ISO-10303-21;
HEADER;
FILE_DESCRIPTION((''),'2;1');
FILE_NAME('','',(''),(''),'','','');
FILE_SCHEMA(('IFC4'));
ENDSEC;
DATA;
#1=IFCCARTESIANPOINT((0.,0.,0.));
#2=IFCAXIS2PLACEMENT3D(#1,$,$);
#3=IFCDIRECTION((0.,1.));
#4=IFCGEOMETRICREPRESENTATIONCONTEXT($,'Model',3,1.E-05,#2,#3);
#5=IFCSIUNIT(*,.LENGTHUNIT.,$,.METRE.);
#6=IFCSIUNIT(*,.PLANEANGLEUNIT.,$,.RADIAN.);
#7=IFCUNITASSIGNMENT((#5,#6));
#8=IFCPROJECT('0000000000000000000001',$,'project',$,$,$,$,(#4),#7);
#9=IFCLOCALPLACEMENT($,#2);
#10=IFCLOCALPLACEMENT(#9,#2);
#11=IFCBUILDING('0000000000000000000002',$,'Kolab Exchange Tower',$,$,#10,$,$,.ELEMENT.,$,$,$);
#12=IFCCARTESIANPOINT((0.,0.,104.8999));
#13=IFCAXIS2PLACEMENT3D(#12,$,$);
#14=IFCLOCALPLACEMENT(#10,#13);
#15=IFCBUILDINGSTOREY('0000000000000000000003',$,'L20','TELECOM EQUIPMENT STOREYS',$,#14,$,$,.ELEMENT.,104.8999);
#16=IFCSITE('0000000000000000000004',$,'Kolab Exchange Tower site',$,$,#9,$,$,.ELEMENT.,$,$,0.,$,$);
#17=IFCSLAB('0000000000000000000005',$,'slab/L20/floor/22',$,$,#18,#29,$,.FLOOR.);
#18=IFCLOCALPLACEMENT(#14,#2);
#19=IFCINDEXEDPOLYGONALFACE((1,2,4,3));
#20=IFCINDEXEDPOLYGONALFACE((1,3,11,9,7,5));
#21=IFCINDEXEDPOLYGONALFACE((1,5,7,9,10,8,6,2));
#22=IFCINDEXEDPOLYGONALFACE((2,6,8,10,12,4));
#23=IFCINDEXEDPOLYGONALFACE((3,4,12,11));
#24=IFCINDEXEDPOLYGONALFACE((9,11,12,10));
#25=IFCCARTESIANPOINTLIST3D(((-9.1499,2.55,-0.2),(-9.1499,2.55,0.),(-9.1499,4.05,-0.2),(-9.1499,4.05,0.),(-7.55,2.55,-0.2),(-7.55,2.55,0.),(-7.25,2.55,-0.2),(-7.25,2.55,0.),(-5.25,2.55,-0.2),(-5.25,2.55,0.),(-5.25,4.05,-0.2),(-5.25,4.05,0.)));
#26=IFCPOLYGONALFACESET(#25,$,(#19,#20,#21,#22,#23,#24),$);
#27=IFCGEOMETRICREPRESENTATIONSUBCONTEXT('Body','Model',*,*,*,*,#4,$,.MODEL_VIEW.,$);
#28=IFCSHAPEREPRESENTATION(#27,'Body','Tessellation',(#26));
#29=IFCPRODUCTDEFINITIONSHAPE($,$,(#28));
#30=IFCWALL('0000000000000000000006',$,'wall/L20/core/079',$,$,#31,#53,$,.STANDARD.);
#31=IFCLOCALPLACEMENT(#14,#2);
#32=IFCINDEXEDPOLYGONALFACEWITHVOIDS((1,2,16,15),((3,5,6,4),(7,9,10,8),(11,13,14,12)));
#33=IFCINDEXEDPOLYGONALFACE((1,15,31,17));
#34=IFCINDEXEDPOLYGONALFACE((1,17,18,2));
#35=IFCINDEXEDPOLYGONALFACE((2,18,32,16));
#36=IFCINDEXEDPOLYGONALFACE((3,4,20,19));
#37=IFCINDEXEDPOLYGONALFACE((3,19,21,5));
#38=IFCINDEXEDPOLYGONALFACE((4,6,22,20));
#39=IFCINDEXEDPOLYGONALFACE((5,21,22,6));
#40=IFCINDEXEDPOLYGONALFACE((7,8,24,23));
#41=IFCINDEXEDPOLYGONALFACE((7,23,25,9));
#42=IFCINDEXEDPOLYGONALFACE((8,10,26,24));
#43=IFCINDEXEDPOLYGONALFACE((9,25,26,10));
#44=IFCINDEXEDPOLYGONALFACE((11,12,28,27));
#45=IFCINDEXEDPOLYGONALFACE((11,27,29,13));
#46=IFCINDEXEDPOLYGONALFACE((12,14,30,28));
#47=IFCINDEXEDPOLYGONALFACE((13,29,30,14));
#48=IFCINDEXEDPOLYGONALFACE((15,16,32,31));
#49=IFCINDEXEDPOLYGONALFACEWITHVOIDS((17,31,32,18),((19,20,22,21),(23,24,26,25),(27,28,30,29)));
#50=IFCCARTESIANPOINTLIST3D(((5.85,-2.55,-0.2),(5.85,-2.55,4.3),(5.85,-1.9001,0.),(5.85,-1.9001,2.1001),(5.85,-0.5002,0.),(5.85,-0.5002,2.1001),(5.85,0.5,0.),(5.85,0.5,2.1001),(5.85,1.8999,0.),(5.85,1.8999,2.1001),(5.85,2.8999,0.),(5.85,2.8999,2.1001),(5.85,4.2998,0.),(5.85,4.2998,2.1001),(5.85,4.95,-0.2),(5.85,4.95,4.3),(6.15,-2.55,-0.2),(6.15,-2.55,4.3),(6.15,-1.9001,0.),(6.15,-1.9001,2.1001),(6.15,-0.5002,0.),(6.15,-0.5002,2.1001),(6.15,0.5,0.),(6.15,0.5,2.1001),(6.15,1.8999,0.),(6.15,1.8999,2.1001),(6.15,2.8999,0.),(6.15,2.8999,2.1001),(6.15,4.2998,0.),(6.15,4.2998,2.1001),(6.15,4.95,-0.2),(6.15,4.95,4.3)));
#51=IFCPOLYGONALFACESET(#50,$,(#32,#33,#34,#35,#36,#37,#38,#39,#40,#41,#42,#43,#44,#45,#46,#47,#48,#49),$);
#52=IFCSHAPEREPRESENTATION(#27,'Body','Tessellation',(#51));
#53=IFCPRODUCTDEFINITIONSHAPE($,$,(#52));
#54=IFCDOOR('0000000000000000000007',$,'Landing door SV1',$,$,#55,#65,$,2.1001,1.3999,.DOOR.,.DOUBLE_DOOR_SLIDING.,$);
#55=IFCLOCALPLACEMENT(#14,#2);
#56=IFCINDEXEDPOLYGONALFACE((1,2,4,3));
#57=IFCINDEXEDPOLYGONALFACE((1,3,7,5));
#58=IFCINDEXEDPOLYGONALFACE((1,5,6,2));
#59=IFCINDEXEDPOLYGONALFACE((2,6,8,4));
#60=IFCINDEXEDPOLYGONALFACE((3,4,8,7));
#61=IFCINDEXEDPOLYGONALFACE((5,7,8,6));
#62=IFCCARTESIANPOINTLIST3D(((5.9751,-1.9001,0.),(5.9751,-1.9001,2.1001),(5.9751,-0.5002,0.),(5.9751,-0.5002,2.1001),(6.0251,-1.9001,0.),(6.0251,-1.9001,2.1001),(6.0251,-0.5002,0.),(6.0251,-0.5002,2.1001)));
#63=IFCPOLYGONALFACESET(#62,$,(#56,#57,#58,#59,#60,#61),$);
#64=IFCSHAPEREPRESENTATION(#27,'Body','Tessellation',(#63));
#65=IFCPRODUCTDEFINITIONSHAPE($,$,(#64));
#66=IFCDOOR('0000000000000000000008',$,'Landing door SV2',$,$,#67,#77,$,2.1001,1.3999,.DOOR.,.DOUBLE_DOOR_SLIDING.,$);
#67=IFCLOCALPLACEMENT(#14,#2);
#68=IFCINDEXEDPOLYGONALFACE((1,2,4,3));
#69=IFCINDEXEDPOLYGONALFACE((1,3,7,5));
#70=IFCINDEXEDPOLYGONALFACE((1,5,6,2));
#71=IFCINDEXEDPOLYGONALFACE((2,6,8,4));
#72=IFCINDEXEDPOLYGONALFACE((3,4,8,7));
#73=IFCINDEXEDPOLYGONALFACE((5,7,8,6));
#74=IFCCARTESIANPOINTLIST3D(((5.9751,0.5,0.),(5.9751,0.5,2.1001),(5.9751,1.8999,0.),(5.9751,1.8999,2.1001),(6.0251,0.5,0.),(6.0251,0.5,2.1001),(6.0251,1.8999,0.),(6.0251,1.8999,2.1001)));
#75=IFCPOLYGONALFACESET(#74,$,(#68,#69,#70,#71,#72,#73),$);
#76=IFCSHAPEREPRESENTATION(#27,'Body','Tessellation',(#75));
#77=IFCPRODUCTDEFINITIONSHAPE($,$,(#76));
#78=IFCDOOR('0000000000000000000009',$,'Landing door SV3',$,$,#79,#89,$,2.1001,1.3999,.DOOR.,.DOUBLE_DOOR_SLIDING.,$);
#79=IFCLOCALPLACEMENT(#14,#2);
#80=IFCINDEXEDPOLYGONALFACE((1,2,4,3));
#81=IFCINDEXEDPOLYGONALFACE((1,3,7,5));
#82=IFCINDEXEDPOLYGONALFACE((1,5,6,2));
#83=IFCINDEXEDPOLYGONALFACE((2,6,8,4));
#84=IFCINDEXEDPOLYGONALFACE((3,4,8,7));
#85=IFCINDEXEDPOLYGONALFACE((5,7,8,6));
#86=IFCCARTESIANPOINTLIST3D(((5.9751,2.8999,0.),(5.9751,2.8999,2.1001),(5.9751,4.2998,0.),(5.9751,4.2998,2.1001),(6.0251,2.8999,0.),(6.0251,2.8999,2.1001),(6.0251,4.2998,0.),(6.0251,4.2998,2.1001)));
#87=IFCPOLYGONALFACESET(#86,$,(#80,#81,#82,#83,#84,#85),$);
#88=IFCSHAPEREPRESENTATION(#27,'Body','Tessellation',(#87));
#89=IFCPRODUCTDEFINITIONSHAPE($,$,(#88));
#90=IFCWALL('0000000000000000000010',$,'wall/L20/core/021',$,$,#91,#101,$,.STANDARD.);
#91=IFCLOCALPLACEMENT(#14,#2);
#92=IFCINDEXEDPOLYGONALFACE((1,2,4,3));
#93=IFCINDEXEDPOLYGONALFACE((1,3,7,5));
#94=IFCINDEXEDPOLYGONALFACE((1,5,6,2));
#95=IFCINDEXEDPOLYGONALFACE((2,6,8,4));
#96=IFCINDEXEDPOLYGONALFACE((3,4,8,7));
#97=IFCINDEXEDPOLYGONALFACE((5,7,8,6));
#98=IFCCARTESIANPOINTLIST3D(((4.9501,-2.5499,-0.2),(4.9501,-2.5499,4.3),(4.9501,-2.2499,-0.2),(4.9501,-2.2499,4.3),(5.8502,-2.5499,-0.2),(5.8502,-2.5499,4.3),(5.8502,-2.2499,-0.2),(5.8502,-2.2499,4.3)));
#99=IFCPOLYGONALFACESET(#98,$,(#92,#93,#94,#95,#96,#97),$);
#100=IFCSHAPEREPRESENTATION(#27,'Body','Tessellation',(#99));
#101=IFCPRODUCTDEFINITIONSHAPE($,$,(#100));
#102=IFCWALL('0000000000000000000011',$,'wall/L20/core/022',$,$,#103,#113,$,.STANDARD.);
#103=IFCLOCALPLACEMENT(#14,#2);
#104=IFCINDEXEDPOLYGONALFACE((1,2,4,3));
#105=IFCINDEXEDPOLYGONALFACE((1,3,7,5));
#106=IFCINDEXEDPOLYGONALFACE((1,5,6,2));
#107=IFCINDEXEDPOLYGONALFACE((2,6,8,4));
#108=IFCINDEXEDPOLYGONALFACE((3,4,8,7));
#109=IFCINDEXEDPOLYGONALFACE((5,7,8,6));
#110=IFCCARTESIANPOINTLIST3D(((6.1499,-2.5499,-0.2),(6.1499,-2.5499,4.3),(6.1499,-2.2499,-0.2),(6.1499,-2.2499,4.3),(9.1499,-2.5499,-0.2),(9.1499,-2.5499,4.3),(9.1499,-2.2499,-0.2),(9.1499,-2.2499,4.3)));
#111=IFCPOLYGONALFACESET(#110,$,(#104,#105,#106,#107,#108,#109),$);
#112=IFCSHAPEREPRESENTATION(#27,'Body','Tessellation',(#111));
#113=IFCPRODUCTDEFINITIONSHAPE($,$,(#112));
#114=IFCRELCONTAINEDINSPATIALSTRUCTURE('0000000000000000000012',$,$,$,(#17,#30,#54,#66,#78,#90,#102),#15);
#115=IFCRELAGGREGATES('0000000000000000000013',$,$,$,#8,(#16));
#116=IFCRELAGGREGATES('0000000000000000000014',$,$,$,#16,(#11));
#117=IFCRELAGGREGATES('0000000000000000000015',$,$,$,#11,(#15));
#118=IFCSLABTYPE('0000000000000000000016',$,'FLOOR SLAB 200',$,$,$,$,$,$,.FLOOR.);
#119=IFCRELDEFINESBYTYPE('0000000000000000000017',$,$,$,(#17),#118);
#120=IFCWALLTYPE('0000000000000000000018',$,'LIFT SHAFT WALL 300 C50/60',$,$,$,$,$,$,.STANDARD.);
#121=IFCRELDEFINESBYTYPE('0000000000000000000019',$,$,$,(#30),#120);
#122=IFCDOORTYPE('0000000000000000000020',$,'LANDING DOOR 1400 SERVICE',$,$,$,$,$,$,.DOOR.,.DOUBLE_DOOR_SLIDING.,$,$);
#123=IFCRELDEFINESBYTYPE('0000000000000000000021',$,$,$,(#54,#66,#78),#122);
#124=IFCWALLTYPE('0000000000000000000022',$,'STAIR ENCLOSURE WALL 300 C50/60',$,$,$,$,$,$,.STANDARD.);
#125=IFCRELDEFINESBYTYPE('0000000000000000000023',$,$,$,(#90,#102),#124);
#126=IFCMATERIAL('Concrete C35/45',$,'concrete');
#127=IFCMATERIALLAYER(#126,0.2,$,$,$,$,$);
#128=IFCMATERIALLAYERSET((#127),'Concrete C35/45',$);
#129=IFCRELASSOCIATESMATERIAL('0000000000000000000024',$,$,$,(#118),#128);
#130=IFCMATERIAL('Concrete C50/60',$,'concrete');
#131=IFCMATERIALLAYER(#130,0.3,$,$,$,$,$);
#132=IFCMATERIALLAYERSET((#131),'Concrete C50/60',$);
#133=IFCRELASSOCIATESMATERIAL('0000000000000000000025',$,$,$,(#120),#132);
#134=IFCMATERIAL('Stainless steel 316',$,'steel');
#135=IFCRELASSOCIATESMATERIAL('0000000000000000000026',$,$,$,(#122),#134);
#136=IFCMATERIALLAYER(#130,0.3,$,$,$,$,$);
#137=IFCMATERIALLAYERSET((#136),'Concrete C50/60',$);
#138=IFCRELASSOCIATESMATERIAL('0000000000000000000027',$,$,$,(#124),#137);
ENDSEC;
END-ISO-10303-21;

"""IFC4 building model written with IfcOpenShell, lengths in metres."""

from ifc_helpers import new_model, si_unit, direction, frame, frame_2d, origin, place, context, subcontext, project, spatial, polyline, rectangle, outline, extrude, material, layer, layer_set, type_object, element, fill, save


model = new_model("IFC4")

# Units and contexts
model_context = context("Model", 3, precision=1e-05, world=origin(), true_north=direction((0.0, 1.0)))
body_context = subcontext(model_context, "Body", "Model", "MODEL_VIEW")
ifc_project = project(units=[si_unit("LENGTHUNIT", "METRE"), si_unit("PLANEANGLEUNIT", "RADIAN")], contexts=[model_context])

# Site, building, storey
site_placement = place(None, origin())
site = spatial("IfcSite", under=ifc_project, at=site_placement, Name="Kolab Exchange Tower site", CompositionType="ELEMENT", RefElevation=0.0)
building_placement = place(site_placement, origin())
building = spatial("IfcBuilding", under=site, at=building_placement, Name="Kolab Exchange Tower", CompositionType="ELEMENT")
storey_placement = place(building_placement, frame((0.0, 0.0, 104.8999)))
storey = spatial("IfcBuildingStorey", under=building, at=storey_placement, Name="L20", Description="TELECOM EQUIPMENT STOREYS", CompositionType="ELEMENT", Elevation=104.8999)

# Slab
ifc_material_1 = material(Name="Concrete C35/45", Category="concrete")
ifc_layer_1 = layer(ifc_material_1, 0.2)
ifc_layer_set_1 = layer_set([ifc_layer_1], Name="Concrete C35/45")
slab_type = type_object("IfcSlabType", Name="FLOOR SLAB 200", PredefinedType="FLOOR", material=ifc_layer_set_1)
slab_1_placement = place(storey_placement, frame((0.0, 0.0, -0.2)))
element("IfcSlab", 1, at=slab_1_placement, inside=storey, type_object=slab_type, Name="slab/L20/floor/22", PredefinedType="FLOOR", context=body_context, shape_type="SweptSolid", body=[
    extrude(outline(polyline([(-5.25, 4.05), (-9.1499, 4.05), (-9.1499, 2.55), (-7.55, 2.55), (-7.25, 2.55), (-5.25, 2.55), (-5.25, 4.05)])), origin(), (0.0, 0.0, 1.0), 0.2),
])

# Wall, openings, doors
ifc_material_2 = material(Name="Concrete C50/60", Category="concrete")
ifc_layer_2 = layer(ifc_material_2, 0.3)
ifc_layer_set_2 = layer_set([ifc_layer_2], Name="Concrete C50/60")
wall_type_1 = type_object("IfcWallType", Name="LIFT SHAFT WALL 300 C50/60", PredefinedType="STANDARD", material=ifc_layer_set_2)
wall_1_placement = place(storey_placement, frame((6.0, -2.55, -0.2), z_axis=(0.0, 0.0, 1.0), x_axis=(0.0, 1.0, 0.0)))
wall_1 = element("IfcWall", 2, at=wall_1_placement, inside=storey, type_object=wall_type_1, Name="wall/L20/core/079", PredefinedType="STANDARD", context=body_context, shape_type="SweptSolid", body=[
    extrude(rectangle(XDim=7.5, YDim=0.3, at=frame_2d((3.75, 0.0))), origin(), (0.0, 0.0, 1.0), 4.5),
])
opening_1_placement = place(wall_1_placement, frame((0.6499, 0.0, 0.2)))
opening_1 = element("IfcOpeningElement", 3, at=opening_1_placement, cuts=wall_1, PredefinedType="OPENING", context=body_context, shape_type="SweptSolid", body=[
    extrude(rectangle(XDim=1.3999, YDim=2.1001, at=frame_2d((0.7, 1.05))), frame((0.0, 0.1602, 0.0), z_axis=(0.0, -1.0, 0.0), x_axis=(1.0, 0.0, 0.0)), (0.0, 0.0, 1.0), 0.3201),
])
opening_2_placement = place(wall_1_placement, frame((3.05, 0.0, 0.2)))
opening_2 = element("IfcOpeningElement", 4, at=opening_2_placement, cuts=wall_1, PredefinedType="OPENING", context=body_context, shape_type="SweptSolid", body=[
    extrude(rectangle(XDim=1.3999, YDim=2.1001, at=frame_2d((0.7, 1.05))), frame((0.0, 0.1602, 0.0), z_axis=(0.0, -1.0, 0.0), x_axis=(1.0, 0.0, 0.0)), (0.0, 0.0, 1.0), 0.3201),
])
opening_3_placement = place(wall_1_placement, frame((5.45, 0.0, 0.2)))
opening_3 = element("IfcOpeningElement", 5, at=opening_3_placement, cuts=wall_1, PredefinedType="OPENING", context=body_context, shape_type="SweptSolid", body=[
    extrude(rectangle(XDim=1.3999, YDim=2.1001, at=frame_2d((0.7, 1.05))), frame((0.0, 0.1602, 0.0), z_axis=(0.0, -1.0, 0.0), x_axis=(1.0, 0.0, 0.0)), (0.0, 0.0, 1.0), 0.3201),
])
ifc_material_3 = material(Name="Stainless steel 316", Category="steel")
door_type = type_object("IfcDoorType", Name="LANDING DOOR 1400 SERVICE", OperationType="DOUBLE_DOOR_SLIDING", PredefinedType="DOOR", material=ifc_material_3)
door_1_placement = place(opening_1_placement, origin())
door_1 = element("IfcDoor", 6, at=door_1_placement, inside=storey, type_object=door_type, Name="Landing door SV1", OperationType="DOUBLE_DOOR_SLIDING", OverallHeight=2.1001, OverallWidth=1.3999, PredefinedType="DOOR", context=body_context, shape_type="SweptSolid", body=[
    extrude(rectangle(XDim=1.3999, YDim=2.1001, at=frame_2d((0.7, 1.05))), frame((0.0, 0.0249, 0.0), z_axis=(0.0, -1.0, 0.0), x_axis=(1.0, 0.0, 0.0)), (0.0, 0.0, 1.0), 0.05),
])
fill(opening_1, door_1)
door_2_placement = place(opening_2_placement, origin())
door_2 = element("IfcDoor", 7, at=door_2_placement, inside=storey, type_object=door_type, Name="Landing door SV2", OperationType="DOUBLE_DOOR_SLIDING", OverallHeight=2.1001, OverallWidth=1.3999, PredefinedType="DOOR", context=body_context, shape_type="SweptSolid", body=[
    extrude(rectangle(XDim=1.3999, YDim=2.1001, at=frame_2d((0.7, 1.05))), frame((0.0, 0.0249, 0.0), z_axis=(0.0, -1.0, 0.0), x_axis=(1.0, 0.0, 0.0)), (0.0, 0.0, 1.0), 0.05),
])
fill(opening_2, door_2)
door_3_placement = place(opening_3_placement, origin())
door_3 = element("IfcDoor", 8, at=door_3_placement, inside=storey, type_object=door_type, Name="Landing door SV3", OperationType="DOUBLE_DOOR_SLIDING", OverallHeight=2.1001, OverallWidth=1.3999, PredefinedType="DOOR", context=body_context, shape_type="SweptSolid", body=[
    extrude(rectangle(XDim=1.3999, YDim=2.1001, at=frame_2d((0.7, 1.05))), frame((0.0, 0.0249, 0.0), z_axis=(0.0, -1.0, 0.0), x_axis=(1.0, 0.0, 0.0)), (0.0, 0.0, 1.0), 0.05),
])
fill(opening_3, door_3)

# Walls
ifc_layer_3 = layer(ifc_material_2, 0.3)
ifc_layer_set_3 = layer_set([ifc_layer_3], Name="Concrete C50/60")
wall_type_2 = type_object("IfcWallType", Name="STAIR ENCLOSURE WALL 300 C50/60", PredefinedType="STANDARD", material=ifc_layer_set_3)
wall_2_placement = place(storey_placement, frame((4.95, -2.3999, -0.2), z_axis=(0.0, 0.0, 1.0), x_axis=(1.0, 0.0, 0.0)))
element("IfcWall", 9, at=wall_2_placement, inside=storey, type_object=wall_type_2, Name="wall/L20/core/021", PredefinedType="STANDARD", context=body_context, shape_type="SweptSolid", body=[
    extrude(rectangle(XDim=0.9001, YDim=0.3, at=frame_2d((0.4502, 0.0))), origin(), (0.0, 0.0, 1.0), 4.5),
])
wall_3_placement = place(storey_placement, frame((6.1499, -2.3999, -0.2), z_axis=(0.0, 0.0, 1.0), x_axis=(1.0, 0.0, 0.0)))
element("IfcWall", 10, at=wall_3_placement, inside=storey, type_object=wall_type_2, Name="wall/L20/core/022", PredefinedType="STANDARD", context=body_context, shape_type="SweptSolid", body=[
    extrude(rectangle(XDim=3.0, YDim=0.3, at=frame_2d((1.5, 0.0))), origin(), (0.0, 0.0, 1.0), 4.5),
])

save(model, "model.ifc")
